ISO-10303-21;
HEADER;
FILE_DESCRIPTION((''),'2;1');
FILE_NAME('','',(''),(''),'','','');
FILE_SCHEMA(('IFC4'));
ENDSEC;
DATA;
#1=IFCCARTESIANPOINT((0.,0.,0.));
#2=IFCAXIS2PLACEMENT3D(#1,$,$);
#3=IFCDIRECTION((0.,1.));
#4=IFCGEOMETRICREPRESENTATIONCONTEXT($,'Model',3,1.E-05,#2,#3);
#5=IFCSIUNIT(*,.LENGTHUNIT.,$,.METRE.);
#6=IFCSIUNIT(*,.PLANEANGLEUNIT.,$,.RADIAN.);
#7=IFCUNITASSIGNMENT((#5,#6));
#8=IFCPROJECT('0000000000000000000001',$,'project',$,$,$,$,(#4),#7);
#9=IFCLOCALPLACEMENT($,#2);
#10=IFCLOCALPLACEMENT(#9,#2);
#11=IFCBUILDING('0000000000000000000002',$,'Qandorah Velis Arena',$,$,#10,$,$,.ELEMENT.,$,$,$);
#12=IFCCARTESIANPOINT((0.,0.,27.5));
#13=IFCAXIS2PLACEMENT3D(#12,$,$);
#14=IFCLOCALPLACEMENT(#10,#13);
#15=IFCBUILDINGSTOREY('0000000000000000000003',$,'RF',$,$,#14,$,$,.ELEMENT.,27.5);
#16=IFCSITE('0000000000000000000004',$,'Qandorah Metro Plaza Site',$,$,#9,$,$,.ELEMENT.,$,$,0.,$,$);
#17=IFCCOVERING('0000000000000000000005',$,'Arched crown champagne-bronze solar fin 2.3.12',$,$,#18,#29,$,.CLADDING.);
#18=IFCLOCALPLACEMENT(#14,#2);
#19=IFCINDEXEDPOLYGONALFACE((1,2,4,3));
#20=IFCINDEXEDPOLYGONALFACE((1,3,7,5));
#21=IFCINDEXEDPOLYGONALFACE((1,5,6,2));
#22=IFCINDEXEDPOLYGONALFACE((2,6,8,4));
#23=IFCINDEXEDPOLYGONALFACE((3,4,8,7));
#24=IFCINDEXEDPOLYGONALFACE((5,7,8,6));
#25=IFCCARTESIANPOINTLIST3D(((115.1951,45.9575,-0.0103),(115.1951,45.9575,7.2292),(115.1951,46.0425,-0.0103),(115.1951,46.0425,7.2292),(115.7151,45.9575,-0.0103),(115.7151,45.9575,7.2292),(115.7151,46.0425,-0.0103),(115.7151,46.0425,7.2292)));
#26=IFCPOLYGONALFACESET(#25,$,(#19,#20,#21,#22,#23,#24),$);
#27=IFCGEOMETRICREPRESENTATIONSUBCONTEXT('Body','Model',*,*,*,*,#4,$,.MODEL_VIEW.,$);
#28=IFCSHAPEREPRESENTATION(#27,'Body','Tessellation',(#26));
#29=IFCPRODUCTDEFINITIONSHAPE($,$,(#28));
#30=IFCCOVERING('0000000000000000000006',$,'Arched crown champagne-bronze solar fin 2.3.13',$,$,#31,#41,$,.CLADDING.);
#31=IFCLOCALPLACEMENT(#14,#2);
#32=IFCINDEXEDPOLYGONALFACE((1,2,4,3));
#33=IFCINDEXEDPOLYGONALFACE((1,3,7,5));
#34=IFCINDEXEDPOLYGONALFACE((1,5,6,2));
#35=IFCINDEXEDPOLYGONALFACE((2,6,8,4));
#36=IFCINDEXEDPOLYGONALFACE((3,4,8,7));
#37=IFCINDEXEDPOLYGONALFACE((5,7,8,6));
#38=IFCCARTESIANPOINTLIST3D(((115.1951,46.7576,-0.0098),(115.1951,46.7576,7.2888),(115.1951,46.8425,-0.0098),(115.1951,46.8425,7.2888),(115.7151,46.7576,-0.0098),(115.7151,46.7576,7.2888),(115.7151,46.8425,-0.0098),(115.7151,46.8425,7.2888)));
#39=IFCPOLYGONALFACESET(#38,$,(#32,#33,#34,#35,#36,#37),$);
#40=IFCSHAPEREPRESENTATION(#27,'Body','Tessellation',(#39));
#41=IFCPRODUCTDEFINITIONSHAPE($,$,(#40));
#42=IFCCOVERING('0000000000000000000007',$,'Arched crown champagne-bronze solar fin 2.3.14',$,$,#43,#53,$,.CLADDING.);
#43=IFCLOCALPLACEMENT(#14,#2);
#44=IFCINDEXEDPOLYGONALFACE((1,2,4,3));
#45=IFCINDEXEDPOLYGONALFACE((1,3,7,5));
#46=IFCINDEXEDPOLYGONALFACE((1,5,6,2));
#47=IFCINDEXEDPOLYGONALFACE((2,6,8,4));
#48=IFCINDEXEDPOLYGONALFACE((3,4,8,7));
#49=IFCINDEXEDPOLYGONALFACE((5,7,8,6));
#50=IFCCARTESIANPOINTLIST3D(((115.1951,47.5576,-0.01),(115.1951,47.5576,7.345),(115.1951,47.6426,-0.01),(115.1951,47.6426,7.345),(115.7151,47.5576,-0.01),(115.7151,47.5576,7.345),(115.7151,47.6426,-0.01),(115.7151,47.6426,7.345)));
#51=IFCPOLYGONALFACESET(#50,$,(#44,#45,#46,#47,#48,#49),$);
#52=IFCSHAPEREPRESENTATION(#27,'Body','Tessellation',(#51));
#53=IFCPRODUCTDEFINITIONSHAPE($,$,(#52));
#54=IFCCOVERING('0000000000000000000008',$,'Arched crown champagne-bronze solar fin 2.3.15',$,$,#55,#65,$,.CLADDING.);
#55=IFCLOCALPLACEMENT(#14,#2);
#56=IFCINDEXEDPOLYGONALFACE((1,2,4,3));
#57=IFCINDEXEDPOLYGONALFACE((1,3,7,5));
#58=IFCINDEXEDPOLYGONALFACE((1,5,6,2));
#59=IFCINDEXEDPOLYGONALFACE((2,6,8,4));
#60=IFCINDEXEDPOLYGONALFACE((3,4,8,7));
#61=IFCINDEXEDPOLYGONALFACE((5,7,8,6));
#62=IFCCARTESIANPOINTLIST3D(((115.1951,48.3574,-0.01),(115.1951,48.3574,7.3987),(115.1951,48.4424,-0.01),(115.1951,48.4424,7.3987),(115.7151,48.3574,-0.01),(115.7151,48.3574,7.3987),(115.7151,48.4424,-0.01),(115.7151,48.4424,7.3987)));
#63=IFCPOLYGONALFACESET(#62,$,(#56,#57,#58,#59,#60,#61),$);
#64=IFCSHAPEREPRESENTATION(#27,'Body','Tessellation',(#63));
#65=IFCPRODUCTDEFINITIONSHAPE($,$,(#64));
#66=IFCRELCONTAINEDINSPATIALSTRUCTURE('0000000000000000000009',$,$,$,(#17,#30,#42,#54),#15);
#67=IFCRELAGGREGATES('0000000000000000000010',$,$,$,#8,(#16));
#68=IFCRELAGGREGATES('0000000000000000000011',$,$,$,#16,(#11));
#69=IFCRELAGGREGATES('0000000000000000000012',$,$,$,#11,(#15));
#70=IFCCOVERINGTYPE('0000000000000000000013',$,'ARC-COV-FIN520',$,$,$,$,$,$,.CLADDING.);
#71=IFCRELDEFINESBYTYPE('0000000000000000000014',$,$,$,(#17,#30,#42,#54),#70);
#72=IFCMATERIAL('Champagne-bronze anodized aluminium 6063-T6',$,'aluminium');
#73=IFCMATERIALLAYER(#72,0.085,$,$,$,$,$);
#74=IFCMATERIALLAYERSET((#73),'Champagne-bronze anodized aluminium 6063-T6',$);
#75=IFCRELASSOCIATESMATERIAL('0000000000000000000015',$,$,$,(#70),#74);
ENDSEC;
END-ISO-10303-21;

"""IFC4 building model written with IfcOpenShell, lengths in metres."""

from ifc_helpers import new_model, si_unit, direction, frame, origin, origin_2d, place, context, subcontext, project, spatial, rectangle, extrude, material, layer, layer_set, type_object, element, save


model = new_model("IFC4")

# Units and contexts
model_context = context("Model", 3, precision=1e-05, world=origin(), true_north=direction((0.0, 1.0)))
body_context = subcontext(model_context, "Body", "Model", "MODEL_VIEW")
ifc_project = project(units=[si_unit("LENGTHUNIT", "METRE"), si_unit("PLANEANGLEUNIT", "RADIAN")], contexts=[model_context])

# Site, building, storey
site_placement = place(None, origin())
site = spatial("IfcSite", under=ifc_project, at=site_placement, Name="Qandorah Metro Plaza Site", CompositionType="ELEMENT", RefElevation=0.0)
building_placement = place(site_placement, origin())
building = spatial("IfcBuilding", under=site, at=building_placement, Name="Qandorah Velis Arena", CompositionType="ELEMENT")
storey_placement = place(building_placement, frame((0.0, 0.0, 27.5)))
storey = spatial("IfcBuildingStorey", under=building, at=storey_placement, Name="RF", CompositionType="ELEMENT", Elevation=27.5)

# Shared definitions
ifc_material_1 = material(Name="Champagne-bronze anodized aluminium 6063-T6", Category="aluminium")

# Coverings
ifc_layer_1 = layer(ifc_material_1, 0.085)
ifc_layer_set_1 = layer_set([ifc_layer_1], Name="Champagne-bronze anodized aluminium 6063-T6")
covering_type = type_object("IfcCoveringType", Name="ARC-COV-FIN520", PredefinedType="CLADDING", material=ifc_layer_set_1)
covering_1_placement = place(storey_placement, frame((115.4551, 46.0, -0.0103), z_axis=(0.0, 0.0, 1.0), x_axis=(1.0, 0.0, 0.0)))
element("IfcCovering", 1, at=covering_1_placement, inside=storey, type_object=covering_type, Name="Arched crown champagne-bronze solar fin 2.3.12", PredefinedType="CLADDING", context=body_context, shape_type="SweptSolid", body=[
    extrude(rectangle(XDim=0.52, YDim=0.085, at=origin_2d()), origin(), (0.0, 0.0, 1.0), 7.2395),
])
covering_2_placement = place(storey_placement, frame((115.4551, 46.8, -0.0098), z_axis=(0.0, 0.0, 1.0), x_axis=(1.0, 0.0, 0.0)))
element("IfcCovering", 2, at=covering_2_placement, inside=storey, type_object=covering_type, Name="Arched crown champagne-bronze solar fin 2.3.13", PredefinedType="CLADDING", context=body_context, shape_type="SweptSolid", body=[
    extrude(rectangle(XDim=0.52, YDim=0.085, at=origin_2d()), origin(), (0.0, 0.0, 1.0), 7.2986),
])
covering_3_placement = place(storey_placement, frame((115.4551, 47.6001, -0.01), z_axis=(0.0, 0.0, 1.0), x_axis=(1.0, 0.0, 0.0)))
element("IfcCovering", 3, at=covering_3_placement, inside=storey, type_object=covering_type, Name="Arched crown champagne-bronze solar fin 2.3.14", PredefinedType="CLADDING", context=body_context, shape_type="SweptSolid", body=[
    extrude(rectangle(XDim=0.52, YDim=0.085, at=origin_2d()), origin(), (0.0, 0.0, 1.0), 7.355),
])
covering_4_placement = place(storey_placement, frame((115.4551, 48.3999, -0.01), z_axis=(0.0, 0.0, 1.0), x_axis=(1.0, 0.0, 0.0)))
element("IfcCovering", 4, at=covering_4_placement, inside=storey, type_object=covering_type, Name="Arched crown champagne-bronze solar fin 2.3.15", PredefinedType="CLADDING", context=body_context, shape_type="SweptSolid", body=[
    extrude(rectangle(XDim=0.52, YDim=0.085, at=origin_2d()), origin(), (0.0, 0.0, 1.0), 7.4087),
])

save(model, "model.ifc")
